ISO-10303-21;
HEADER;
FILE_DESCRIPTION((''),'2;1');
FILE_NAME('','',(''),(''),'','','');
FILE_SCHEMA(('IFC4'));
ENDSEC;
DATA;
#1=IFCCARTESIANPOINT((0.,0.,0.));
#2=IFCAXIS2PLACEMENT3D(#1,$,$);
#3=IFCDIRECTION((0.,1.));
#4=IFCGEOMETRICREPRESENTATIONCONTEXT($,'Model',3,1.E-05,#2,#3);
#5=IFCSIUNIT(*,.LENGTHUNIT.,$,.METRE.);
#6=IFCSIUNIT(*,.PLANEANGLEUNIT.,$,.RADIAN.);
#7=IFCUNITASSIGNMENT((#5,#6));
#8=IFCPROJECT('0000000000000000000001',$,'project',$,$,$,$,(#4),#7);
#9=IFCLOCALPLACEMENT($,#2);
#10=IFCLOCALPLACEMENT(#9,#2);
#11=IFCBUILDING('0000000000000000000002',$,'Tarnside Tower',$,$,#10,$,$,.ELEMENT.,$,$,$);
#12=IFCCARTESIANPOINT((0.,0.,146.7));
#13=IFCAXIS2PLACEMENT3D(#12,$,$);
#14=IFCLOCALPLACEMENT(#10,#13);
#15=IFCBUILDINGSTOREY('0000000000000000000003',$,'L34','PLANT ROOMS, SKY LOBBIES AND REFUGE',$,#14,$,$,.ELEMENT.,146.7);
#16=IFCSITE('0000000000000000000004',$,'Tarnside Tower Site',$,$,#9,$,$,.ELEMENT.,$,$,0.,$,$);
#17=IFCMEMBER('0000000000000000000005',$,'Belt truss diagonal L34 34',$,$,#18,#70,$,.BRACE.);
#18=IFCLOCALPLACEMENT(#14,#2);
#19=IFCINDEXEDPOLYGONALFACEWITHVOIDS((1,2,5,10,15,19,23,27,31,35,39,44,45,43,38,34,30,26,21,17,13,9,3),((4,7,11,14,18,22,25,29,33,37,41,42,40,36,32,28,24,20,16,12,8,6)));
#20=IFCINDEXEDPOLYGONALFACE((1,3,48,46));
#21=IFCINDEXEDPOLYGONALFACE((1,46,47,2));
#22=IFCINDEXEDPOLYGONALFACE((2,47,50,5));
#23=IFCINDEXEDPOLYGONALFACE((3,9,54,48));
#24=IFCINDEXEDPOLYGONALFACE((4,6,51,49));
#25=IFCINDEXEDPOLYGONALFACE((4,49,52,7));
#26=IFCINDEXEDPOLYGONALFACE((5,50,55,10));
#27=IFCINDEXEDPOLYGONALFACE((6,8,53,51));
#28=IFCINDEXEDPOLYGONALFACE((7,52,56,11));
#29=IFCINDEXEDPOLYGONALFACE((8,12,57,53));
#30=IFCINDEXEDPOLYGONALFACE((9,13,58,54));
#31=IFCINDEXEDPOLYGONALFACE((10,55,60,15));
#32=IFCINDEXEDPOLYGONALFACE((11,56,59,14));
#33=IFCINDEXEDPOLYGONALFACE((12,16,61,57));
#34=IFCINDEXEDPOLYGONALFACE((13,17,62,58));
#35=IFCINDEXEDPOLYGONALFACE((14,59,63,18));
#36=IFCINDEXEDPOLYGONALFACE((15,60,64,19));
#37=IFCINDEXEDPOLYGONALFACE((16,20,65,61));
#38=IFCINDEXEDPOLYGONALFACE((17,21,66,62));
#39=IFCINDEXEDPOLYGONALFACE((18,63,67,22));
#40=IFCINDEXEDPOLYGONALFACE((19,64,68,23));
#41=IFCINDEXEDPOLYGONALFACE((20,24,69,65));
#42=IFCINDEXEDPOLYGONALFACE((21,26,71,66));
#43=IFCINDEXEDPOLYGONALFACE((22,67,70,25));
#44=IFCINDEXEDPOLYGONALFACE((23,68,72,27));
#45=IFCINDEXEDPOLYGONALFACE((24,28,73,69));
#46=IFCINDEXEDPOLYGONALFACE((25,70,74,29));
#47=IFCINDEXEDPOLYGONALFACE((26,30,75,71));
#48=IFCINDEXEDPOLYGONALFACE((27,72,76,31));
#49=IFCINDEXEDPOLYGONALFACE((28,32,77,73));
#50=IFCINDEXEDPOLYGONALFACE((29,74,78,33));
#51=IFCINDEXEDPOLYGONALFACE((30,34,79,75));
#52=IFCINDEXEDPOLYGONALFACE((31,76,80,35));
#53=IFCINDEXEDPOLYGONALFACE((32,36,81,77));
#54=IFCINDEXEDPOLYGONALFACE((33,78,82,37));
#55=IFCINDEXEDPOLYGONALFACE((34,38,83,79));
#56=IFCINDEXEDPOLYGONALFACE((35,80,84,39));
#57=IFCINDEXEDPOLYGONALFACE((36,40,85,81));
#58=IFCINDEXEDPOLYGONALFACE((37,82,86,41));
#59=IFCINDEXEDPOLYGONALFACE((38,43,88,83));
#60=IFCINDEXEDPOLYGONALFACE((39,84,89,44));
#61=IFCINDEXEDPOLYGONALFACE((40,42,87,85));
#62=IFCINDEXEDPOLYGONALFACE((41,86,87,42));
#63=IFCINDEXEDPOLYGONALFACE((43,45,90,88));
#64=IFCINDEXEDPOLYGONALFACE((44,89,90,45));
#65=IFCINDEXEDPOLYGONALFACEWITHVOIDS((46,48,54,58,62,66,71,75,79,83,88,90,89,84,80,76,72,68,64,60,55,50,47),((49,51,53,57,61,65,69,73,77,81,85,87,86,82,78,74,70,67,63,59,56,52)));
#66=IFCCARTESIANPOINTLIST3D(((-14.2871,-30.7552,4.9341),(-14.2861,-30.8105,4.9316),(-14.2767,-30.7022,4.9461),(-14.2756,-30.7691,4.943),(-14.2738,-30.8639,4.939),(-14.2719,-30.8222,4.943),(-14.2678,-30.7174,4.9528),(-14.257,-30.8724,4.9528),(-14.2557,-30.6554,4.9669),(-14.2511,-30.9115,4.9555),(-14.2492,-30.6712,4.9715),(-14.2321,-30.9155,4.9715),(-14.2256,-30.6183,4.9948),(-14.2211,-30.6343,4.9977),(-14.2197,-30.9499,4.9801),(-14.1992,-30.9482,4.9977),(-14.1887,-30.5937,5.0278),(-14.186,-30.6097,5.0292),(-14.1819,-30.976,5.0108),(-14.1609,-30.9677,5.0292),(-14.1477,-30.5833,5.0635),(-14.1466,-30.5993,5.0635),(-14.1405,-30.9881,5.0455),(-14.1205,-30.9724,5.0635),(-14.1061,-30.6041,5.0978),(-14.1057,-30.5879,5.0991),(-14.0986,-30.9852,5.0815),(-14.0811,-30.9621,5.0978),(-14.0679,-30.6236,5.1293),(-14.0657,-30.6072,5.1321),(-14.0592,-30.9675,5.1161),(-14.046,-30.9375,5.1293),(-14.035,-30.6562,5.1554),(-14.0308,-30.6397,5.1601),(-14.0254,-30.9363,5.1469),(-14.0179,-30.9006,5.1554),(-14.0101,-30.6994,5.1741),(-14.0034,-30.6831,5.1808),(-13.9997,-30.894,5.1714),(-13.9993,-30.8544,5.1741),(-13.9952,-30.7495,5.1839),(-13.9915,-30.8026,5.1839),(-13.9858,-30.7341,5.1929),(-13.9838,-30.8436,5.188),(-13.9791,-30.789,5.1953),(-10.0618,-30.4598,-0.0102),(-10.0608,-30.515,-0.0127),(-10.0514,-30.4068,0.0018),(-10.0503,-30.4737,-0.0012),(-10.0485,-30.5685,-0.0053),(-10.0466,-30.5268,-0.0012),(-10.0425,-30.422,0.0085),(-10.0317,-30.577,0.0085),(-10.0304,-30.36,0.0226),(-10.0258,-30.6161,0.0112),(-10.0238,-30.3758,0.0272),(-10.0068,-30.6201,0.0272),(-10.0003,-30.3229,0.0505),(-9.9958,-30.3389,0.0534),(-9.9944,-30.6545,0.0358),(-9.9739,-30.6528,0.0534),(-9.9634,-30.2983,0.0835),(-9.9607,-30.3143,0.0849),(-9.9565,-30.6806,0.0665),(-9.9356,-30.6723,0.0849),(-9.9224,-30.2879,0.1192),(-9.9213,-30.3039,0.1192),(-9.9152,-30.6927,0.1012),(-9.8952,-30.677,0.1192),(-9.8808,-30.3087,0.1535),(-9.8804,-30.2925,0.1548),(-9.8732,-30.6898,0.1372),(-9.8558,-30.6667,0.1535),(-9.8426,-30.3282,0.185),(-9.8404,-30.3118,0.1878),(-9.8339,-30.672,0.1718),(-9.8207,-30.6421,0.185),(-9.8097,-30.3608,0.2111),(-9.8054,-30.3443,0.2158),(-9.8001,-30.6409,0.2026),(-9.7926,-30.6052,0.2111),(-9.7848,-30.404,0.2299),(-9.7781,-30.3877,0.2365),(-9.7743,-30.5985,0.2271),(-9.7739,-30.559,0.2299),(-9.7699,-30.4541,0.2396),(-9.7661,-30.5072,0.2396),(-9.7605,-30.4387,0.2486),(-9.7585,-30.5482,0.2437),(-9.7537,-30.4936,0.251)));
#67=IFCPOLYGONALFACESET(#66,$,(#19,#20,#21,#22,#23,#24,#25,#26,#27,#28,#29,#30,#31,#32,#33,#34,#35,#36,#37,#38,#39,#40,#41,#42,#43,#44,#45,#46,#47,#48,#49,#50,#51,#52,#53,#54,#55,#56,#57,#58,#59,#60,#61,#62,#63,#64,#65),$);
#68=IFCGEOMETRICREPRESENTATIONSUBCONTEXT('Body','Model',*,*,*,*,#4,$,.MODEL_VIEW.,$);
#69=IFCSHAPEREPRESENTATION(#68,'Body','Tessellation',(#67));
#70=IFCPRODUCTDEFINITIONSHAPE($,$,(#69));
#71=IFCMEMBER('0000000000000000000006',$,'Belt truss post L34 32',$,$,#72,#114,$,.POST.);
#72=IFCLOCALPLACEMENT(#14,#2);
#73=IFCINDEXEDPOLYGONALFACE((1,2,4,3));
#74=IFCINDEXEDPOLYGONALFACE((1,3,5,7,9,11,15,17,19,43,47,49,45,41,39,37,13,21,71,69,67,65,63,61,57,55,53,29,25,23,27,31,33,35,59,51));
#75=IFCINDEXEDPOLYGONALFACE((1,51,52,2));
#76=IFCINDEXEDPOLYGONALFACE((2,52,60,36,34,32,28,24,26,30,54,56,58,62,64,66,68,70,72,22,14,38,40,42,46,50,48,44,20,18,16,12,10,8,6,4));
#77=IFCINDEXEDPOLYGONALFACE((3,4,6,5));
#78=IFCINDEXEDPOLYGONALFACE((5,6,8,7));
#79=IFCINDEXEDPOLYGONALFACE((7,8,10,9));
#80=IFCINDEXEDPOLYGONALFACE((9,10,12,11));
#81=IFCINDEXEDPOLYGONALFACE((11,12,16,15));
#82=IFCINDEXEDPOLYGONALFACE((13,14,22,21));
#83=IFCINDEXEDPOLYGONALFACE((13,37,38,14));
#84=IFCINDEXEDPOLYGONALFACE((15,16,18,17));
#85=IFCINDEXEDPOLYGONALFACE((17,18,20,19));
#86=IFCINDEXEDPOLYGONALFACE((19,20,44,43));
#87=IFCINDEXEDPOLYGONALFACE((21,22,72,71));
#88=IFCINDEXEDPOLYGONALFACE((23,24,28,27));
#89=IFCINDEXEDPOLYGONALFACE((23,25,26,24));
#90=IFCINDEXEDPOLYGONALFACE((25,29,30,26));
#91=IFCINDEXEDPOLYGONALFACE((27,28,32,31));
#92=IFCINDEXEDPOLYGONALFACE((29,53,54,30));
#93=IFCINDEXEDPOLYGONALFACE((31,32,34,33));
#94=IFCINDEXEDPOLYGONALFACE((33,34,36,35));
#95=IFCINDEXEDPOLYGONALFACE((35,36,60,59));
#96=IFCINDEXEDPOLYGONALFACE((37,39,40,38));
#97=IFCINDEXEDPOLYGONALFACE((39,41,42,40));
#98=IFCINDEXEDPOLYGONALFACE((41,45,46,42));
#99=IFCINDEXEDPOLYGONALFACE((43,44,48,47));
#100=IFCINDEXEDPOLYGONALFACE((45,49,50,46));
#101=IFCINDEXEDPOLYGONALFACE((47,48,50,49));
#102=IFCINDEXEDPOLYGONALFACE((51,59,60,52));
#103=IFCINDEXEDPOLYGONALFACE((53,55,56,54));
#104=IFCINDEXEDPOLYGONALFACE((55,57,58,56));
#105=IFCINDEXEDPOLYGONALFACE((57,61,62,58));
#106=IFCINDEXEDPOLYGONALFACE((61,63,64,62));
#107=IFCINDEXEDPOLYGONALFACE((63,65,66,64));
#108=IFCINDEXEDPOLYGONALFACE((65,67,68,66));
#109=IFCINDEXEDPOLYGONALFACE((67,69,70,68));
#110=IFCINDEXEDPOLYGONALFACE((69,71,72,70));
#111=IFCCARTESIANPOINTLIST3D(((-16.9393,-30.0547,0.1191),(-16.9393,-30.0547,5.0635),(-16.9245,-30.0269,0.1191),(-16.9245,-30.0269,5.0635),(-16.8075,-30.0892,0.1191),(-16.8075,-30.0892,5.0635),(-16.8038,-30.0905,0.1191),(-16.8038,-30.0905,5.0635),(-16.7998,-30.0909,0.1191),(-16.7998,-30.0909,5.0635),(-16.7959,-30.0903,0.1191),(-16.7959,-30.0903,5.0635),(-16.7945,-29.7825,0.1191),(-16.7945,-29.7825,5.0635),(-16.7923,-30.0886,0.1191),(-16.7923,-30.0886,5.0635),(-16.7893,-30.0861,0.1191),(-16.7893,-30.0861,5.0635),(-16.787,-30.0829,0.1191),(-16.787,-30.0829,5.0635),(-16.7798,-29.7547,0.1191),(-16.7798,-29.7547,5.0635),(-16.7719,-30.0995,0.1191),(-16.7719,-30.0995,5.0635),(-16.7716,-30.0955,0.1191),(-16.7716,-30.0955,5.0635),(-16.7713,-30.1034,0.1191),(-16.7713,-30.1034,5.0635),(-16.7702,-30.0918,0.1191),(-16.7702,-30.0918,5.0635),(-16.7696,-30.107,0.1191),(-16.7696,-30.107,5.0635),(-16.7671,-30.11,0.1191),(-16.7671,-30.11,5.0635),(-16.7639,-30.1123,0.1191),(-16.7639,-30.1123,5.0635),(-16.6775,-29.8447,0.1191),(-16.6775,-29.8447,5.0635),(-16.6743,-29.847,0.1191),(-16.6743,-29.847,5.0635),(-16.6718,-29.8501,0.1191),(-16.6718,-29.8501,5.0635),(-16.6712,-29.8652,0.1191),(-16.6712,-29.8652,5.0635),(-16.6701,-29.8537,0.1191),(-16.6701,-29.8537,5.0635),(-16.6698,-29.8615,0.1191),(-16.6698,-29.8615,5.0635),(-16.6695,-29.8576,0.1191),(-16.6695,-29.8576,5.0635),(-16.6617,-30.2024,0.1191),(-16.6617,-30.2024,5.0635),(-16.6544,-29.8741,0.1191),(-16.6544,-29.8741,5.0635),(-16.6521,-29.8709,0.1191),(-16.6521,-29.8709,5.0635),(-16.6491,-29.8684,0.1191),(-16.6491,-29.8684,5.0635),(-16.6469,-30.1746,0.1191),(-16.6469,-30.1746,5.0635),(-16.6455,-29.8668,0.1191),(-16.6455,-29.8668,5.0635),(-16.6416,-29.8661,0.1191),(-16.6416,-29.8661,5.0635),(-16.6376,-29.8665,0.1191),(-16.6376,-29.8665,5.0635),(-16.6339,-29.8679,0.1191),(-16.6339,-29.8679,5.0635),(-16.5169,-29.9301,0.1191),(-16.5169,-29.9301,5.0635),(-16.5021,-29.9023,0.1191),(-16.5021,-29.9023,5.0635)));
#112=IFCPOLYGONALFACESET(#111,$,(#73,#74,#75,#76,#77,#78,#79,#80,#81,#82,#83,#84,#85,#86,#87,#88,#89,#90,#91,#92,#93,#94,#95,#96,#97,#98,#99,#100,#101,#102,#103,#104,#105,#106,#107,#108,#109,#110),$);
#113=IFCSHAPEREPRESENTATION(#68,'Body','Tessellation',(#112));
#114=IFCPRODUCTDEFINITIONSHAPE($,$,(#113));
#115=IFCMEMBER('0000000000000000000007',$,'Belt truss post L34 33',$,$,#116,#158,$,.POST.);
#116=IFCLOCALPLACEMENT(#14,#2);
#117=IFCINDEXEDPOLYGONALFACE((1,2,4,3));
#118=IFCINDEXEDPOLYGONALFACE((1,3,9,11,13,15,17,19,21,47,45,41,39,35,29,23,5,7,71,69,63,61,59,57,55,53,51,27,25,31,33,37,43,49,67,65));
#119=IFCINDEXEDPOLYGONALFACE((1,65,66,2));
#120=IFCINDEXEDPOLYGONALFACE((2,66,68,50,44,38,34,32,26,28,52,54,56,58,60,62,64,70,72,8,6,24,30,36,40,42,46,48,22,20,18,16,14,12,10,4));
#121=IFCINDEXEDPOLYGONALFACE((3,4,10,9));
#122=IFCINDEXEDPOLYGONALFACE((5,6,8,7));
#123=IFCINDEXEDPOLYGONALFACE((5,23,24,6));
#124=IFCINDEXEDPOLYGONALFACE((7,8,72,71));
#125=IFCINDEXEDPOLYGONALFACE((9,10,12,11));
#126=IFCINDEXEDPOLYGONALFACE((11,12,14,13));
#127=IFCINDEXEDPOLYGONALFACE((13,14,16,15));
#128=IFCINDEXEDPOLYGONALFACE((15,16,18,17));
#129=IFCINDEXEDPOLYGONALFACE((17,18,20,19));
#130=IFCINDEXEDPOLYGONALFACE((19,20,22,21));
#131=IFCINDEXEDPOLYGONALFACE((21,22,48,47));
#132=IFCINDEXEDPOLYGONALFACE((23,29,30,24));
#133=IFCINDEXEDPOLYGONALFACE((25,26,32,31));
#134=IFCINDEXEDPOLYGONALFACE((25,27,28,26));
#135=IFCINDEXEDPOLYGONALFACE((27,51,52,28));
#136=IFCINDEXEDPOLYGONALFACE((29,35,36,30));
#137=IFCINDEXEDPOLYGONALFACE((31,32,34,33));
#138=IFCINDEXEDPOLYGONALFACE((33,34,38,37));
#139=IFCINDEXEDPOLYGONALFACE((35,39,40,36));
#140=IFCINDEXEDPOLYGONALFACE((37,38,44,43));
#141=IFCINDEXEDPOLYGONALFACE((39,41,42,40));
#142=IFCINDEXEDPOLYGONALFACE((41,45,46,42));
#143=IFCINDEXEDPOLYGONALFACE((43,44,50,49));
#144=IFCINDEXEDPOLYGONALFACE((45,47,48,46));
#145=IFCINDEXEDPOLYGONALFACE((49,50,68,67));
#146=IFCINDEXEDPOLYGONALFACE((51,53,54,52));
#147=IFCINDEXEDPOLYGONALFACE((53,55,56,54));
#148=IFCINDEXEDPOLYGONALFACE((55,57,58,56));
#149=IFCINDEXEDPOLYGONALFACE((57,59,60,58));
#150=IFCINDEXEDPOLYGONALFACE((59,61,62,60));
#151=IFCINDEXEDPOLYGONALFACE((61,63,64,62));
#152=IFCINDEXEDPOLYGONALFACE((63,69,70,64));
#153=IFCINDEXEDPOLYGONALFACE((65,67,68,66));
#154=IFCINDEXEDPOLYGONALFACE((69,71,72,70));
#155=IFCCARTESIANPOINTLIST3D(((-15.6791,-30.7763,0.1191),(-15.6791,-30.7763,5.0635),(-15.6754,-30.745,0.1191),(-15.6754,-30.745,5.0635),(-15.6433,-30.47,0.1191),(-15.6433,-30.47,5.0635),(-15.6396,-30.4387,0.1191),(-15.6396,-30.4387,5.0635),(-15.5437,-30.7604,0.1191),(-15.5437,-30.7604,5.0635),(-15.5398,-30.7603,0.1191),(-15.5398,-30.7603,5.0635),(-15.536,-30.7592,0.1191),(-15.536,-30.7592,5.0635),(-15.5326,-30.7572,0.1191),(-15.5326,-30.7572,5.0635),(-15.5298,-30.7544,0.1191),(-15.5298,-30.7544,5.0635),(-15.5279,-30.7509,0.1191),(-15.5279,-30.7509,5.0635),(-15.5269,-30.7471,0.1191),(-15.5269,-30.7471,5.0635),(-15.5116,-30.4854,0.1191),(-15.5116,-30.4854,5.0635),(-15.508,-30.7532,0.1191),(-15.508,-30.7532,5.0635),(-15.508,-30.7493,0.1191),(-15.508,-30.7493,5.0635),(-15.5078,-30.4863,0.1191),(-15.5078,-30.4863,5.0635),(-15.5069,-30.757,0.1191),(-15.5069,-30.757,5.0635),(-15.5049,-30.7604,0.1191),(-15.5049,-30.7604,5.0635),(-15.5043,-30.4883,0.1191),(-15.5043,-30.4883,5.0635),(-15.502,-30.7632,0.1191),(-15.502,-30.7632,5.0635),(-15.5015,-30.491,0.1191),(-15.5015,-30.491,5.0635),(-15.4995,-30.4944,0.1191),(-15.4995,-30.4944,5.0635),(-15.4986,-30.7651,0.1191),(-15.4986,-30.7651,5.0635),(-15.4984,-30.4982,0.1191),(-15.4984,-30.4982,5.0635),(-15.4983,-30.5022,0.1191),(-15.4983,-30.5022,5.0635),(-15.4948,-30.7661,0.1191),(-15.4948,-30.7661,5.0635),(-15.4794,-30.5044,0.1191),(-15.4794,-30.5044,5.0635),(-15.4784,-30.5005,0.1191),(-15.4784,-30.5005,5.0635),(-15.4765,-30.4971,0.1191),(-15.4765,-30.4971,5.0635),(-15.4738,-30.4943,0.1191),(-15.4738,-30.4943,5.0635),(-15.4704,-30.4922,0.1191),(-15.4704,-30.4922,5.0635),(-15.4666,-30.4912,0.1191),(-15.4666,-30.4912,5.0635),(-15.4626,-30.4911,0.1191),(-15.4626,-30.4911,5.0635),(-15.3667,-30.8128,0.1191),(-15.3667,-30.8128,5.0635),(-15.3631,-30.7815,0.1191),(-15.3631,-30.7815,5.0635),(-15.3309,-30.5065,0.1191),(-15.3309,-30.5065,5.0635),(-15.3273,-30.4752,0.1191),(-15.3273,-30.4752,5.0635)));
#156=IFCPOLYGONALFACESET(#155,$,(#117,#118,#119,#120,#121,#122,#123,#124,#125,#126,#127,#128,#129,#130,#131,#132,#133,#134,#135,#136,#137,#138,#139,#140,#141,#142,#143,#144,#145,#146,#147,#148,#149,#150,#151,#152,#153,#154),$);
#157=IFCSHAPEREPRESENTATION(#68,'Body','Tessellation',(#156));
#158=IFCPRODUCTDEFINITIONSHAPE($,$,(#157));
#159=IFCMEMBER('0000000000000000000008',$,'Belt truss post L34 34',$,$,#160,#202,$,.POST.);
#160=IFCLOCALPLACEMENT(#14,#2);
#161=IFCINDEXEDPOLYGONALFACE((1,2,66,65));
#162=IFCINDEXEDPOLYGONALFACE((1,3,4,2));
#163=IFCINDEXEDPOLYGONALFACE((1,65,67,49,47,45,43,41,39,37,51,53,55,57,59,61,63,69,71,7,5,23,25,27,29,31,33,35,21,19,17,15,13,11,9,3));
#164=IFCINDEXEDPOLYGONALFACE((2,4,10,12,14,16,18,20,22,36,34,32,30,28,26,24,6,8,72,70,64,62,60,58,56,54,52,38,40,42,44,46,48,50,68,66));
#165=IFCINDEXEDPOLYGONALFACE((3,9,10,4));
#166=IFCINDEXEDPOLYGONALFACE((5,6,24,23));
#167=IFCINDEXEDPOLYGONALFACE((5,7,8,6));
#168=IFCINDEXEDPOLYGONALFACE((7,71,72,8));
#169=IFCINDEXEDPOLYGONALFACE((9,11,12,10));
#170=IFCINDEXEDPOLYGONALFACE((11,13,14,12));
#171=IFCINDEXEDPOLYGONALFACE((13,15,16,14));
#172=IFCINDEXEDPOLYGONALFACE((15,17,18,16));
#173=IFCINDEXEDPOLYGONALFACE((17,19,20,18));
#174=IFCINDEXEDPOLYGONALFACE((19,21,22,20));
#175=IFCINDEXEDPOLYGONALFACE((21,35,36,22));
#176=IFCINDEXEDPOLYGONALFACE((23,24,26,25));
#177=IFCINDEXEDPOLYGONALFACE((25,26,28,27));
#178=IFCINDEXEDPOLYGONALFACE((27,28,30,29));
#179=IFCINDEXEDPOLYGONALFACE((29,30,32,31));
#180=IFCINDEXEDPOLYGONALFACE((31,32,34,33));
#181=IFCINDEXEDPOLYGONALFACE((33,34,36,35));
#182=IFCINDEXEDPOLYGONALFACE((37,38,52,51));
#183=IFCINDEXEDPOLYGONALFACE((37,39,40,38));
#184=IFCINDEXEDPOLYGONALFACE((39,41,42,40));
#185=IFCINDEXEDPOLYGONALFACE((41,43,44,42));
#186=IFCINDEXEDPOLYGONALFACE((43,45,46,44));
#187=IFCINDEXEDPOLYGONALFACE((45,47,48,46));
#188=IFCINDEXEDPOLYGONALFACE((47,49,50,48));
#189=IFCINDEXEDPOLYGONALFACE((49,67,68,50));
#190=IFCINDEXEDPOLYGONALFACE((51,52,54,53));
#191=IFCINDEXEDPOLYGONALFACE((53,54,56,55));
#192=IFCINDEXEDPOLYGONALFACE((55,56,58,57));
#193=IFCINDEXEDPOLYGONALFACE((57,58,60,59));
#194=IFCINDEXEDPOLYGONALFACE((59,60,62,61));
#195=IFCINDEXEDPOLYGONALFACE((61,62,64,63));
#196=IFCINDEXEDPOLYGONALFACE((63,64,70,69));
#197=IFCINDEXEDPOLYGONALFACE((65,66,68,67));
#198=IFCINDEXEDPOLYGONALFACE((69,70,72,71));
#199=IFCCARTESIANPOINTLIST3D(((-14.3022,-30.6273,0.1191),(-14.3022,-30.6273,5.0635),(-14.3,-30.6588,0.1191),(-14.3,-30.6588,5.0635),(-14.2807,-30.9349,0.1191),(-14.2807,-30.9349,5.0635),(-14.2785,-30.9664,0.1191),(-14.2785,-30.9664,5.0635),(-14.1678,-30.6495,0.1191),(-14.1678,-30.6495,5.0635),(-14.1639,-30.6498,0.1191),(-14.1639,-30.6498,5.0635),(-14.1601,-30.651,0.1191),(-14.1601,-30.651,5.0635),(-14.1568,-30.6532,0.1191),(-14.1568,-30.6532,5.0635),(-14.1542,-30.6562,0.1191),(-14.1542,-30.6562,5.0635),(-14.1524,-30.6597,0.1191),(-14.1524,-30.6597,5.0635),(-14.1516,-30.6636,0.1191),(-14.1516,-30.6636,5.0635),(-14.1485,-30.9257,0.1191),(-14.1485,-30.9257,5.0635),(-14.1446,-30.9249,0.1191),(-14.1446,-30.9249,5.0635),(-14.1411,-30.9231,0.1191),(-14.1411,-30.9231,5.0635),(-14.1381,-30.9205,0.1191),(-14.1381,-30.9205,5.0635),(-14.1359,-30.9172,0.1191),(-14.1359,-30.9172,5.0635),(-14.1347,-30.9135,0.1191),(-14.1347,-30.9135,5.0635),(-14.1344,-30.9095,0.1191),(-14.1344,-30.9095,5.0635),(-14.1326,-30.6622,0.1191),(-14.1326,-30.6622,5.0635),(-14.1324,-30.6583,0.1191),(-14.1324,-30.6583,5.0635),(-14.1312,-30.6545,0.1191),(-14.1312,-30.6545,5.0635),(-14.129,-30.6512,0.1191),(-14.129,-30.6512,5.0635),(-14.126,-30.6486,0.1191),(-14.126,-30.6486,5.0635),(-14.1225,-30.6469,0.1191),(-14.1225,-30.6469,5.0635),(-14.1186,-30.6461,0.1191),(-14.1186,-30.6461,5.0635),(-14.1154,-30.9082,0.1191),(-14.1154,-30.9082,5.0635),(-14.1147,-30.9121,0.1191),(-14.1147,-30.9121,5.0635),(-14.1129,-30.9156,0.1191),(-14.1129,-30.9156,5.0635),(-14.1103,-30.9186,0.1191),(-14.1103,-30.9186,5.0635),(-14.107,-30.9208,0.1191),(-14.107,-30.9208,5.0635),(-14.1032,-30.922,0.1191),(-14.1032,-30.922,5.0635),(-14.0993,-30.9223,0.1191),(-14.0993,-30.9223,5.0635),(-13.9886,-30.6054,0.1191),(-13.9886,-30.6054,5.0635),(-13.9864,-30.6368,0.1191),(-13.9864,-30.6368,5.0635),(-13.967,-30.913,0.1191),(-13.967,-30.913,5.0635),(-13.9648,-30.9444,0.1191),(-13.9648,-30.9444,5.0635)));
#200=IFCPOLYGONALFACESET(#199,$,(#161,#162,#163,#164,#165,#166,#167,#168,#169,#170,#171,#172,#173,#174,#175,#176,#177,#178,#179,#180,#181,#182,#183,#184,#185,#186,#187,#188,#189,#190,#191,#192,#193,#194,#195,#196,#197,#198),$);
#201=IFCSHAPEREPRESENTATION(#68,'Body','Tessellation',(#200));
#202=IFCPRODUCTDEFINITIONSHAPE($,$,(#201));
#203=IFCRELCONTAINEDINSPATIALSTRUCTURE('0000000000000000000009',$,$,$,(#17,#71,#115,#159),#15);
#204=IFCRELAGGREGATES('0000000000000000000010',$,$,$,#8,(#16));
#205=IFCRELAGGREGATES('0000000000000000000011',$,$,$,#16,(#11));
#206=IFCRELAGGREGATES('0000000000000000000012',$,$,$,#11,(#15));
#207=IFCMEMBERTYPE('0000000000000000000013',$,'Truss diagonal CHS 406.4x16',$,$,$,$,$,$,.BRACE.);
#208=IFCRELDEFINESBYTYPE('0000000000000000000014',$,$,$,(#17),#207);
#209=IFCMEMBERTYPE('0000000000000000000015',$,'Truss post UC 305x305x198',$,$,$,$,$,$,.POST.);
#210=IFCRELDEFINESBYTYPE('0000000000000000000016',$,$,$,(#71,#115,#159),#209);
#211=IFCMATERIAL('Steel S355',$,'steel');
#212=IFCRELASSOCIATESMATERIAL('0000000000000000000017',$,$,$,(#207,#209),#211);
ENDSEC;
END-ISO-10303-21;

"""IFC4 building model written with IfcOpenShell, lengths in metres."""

from ifc_helpers import new_model, si_unit, direction, frame, origin, origin_2d, place, context, subcontext, project, spatial, hollow_circle, i_section, extrude, material, material_profile, profile_set, type_object, element, save


model = new_model("IFC4")

# Units and contexts
model_context = context("Model", 3, precision=1e-05, world=origin(), true_north=direction((0.0, 1.0)))
body_context = subcontext(model_context, "Body", "Model", "MODEL_VIEW")
ifc_project = project(units=[si_unit("LENGTHUNIT", "METRE"), si_unit("PLANEANGLEUNIT", "RADIAN")], contexts=[model_context])

# Site, building, storey
site_placement = place(None, origin())
site = spatial("IfcSite", under=ifc_project, at=site_placement, Name="Tarnside Tower Site", CompositionType="ELEMENT", RefElevation=0.0)
building_placement = place(site_placement, origin())
building = spatial("IfcBuilding", under=site, at=building_placement, Name="Tarnside Tower", CompositionType="ELEMENT")
storey_placement = place(building_placement, frame((0.0, 0.0, 146.7)))
storey = spatial("IfcBuildingStorey", under=building, at=storey_placement, Name="L34", Description="PLANT ROOMS, SKY LOBBIES AND REFUGE", CompositionType="ELEMENT", Elevation=146.7)

# Shared definitions
ifc_material_1 = material(Name="Steel S355", Category="steel")

# Members
ifc_material_profile_1 = material_profile(ifc_material_1, hollow_circle(Radius=0.2031, WallThickness=0.0161, at=origin_2d()), Name="CHS 406.4x16")
ifc_profile_set_1 = profile_set([ifc_material_profile_1], Name="Steel S355")
member_type_1 = type_object("IfcMemberType", Name="Truss diagonal CHS 406.4x16", PredefinedType="BRACE", material=ifc_profile_set_1)
member_1_placement = place(storey_placement, frame((-14.1335, -30.7859, 5.0635), z_axis=(0.648999, 0.045374, -0.759435), x_axis=(-0.069744, 0.997565, 0.0)))
element("IfcMember", 1, at=member_1_placement, inside=storey, type_object=member_type_1, Name="Belt truss diagonal L34 34", PredefinedType="BRACE", context=body_context, shape_type="SweptSolid", body=[
    extrude(hollow_circle(Radius=0.2031, WallThickness=0.0161, at=origin_2d()), origin(), (0.0, 0.0, 1.0), 6.5105),
])
ifc_material_profile_2 = material_profile(ifc_material_1, i_section(OverallWidth=0.3145, OverallDepth=0.3398, WebThickness=0.019, FlangeThickness=0.0315, FilletRadius=0.0151, at=origin_2d()), Name="UC 305x305x198")
ifc_profile_set_2 = profile_set([ifc_material_profile_2], Name="Steel S355")
member_type_2 = type_object("IfcMemberType", Name="Truss post UC 305x305x198", PredefinedType="POST", material=ifc_profile_set_2)
for number, where, z_axis, x_axis, name in (
    (2, (-16.7207, -29.9785, 0.1191), (0.0, 0.0, 1.0), (0.882948, -0.469472, 0.0), "Belt truss post L34 32"),
    (3, (-15.5032, -30.6257, 0.1191), (0.0, 0.0, 1.0), (0.993238, -0.116093, 0.0), "Belt truss post L34 33"),
    (4, (-14.1335, -30.7859, 0.1191), (0.0, 0.0, 1.0), (0.997564, 0.069756, 0.0), "Belt truss post L34 34"),
):
    element("IfcMember", number, at=place(storey_placement, frame(where, z_axis=z_axis, x_axis=x_axis)), inside=storey, type_object=member_type_2, Name=name, PredefinedType="POST", context=body_context, shape_type="SweptSolid", body=[
        extrude(i_section(OverallWidth=0.3145, OverallDepth=0.3398, WebThickness=0.019, FlangeThickness=0.0315, FilletRadius=0.0151, at=origin_2d()), origin(), (0.0, 0.0, 1.0), 4.9443),
    ])

save(model, "model.ifc")
